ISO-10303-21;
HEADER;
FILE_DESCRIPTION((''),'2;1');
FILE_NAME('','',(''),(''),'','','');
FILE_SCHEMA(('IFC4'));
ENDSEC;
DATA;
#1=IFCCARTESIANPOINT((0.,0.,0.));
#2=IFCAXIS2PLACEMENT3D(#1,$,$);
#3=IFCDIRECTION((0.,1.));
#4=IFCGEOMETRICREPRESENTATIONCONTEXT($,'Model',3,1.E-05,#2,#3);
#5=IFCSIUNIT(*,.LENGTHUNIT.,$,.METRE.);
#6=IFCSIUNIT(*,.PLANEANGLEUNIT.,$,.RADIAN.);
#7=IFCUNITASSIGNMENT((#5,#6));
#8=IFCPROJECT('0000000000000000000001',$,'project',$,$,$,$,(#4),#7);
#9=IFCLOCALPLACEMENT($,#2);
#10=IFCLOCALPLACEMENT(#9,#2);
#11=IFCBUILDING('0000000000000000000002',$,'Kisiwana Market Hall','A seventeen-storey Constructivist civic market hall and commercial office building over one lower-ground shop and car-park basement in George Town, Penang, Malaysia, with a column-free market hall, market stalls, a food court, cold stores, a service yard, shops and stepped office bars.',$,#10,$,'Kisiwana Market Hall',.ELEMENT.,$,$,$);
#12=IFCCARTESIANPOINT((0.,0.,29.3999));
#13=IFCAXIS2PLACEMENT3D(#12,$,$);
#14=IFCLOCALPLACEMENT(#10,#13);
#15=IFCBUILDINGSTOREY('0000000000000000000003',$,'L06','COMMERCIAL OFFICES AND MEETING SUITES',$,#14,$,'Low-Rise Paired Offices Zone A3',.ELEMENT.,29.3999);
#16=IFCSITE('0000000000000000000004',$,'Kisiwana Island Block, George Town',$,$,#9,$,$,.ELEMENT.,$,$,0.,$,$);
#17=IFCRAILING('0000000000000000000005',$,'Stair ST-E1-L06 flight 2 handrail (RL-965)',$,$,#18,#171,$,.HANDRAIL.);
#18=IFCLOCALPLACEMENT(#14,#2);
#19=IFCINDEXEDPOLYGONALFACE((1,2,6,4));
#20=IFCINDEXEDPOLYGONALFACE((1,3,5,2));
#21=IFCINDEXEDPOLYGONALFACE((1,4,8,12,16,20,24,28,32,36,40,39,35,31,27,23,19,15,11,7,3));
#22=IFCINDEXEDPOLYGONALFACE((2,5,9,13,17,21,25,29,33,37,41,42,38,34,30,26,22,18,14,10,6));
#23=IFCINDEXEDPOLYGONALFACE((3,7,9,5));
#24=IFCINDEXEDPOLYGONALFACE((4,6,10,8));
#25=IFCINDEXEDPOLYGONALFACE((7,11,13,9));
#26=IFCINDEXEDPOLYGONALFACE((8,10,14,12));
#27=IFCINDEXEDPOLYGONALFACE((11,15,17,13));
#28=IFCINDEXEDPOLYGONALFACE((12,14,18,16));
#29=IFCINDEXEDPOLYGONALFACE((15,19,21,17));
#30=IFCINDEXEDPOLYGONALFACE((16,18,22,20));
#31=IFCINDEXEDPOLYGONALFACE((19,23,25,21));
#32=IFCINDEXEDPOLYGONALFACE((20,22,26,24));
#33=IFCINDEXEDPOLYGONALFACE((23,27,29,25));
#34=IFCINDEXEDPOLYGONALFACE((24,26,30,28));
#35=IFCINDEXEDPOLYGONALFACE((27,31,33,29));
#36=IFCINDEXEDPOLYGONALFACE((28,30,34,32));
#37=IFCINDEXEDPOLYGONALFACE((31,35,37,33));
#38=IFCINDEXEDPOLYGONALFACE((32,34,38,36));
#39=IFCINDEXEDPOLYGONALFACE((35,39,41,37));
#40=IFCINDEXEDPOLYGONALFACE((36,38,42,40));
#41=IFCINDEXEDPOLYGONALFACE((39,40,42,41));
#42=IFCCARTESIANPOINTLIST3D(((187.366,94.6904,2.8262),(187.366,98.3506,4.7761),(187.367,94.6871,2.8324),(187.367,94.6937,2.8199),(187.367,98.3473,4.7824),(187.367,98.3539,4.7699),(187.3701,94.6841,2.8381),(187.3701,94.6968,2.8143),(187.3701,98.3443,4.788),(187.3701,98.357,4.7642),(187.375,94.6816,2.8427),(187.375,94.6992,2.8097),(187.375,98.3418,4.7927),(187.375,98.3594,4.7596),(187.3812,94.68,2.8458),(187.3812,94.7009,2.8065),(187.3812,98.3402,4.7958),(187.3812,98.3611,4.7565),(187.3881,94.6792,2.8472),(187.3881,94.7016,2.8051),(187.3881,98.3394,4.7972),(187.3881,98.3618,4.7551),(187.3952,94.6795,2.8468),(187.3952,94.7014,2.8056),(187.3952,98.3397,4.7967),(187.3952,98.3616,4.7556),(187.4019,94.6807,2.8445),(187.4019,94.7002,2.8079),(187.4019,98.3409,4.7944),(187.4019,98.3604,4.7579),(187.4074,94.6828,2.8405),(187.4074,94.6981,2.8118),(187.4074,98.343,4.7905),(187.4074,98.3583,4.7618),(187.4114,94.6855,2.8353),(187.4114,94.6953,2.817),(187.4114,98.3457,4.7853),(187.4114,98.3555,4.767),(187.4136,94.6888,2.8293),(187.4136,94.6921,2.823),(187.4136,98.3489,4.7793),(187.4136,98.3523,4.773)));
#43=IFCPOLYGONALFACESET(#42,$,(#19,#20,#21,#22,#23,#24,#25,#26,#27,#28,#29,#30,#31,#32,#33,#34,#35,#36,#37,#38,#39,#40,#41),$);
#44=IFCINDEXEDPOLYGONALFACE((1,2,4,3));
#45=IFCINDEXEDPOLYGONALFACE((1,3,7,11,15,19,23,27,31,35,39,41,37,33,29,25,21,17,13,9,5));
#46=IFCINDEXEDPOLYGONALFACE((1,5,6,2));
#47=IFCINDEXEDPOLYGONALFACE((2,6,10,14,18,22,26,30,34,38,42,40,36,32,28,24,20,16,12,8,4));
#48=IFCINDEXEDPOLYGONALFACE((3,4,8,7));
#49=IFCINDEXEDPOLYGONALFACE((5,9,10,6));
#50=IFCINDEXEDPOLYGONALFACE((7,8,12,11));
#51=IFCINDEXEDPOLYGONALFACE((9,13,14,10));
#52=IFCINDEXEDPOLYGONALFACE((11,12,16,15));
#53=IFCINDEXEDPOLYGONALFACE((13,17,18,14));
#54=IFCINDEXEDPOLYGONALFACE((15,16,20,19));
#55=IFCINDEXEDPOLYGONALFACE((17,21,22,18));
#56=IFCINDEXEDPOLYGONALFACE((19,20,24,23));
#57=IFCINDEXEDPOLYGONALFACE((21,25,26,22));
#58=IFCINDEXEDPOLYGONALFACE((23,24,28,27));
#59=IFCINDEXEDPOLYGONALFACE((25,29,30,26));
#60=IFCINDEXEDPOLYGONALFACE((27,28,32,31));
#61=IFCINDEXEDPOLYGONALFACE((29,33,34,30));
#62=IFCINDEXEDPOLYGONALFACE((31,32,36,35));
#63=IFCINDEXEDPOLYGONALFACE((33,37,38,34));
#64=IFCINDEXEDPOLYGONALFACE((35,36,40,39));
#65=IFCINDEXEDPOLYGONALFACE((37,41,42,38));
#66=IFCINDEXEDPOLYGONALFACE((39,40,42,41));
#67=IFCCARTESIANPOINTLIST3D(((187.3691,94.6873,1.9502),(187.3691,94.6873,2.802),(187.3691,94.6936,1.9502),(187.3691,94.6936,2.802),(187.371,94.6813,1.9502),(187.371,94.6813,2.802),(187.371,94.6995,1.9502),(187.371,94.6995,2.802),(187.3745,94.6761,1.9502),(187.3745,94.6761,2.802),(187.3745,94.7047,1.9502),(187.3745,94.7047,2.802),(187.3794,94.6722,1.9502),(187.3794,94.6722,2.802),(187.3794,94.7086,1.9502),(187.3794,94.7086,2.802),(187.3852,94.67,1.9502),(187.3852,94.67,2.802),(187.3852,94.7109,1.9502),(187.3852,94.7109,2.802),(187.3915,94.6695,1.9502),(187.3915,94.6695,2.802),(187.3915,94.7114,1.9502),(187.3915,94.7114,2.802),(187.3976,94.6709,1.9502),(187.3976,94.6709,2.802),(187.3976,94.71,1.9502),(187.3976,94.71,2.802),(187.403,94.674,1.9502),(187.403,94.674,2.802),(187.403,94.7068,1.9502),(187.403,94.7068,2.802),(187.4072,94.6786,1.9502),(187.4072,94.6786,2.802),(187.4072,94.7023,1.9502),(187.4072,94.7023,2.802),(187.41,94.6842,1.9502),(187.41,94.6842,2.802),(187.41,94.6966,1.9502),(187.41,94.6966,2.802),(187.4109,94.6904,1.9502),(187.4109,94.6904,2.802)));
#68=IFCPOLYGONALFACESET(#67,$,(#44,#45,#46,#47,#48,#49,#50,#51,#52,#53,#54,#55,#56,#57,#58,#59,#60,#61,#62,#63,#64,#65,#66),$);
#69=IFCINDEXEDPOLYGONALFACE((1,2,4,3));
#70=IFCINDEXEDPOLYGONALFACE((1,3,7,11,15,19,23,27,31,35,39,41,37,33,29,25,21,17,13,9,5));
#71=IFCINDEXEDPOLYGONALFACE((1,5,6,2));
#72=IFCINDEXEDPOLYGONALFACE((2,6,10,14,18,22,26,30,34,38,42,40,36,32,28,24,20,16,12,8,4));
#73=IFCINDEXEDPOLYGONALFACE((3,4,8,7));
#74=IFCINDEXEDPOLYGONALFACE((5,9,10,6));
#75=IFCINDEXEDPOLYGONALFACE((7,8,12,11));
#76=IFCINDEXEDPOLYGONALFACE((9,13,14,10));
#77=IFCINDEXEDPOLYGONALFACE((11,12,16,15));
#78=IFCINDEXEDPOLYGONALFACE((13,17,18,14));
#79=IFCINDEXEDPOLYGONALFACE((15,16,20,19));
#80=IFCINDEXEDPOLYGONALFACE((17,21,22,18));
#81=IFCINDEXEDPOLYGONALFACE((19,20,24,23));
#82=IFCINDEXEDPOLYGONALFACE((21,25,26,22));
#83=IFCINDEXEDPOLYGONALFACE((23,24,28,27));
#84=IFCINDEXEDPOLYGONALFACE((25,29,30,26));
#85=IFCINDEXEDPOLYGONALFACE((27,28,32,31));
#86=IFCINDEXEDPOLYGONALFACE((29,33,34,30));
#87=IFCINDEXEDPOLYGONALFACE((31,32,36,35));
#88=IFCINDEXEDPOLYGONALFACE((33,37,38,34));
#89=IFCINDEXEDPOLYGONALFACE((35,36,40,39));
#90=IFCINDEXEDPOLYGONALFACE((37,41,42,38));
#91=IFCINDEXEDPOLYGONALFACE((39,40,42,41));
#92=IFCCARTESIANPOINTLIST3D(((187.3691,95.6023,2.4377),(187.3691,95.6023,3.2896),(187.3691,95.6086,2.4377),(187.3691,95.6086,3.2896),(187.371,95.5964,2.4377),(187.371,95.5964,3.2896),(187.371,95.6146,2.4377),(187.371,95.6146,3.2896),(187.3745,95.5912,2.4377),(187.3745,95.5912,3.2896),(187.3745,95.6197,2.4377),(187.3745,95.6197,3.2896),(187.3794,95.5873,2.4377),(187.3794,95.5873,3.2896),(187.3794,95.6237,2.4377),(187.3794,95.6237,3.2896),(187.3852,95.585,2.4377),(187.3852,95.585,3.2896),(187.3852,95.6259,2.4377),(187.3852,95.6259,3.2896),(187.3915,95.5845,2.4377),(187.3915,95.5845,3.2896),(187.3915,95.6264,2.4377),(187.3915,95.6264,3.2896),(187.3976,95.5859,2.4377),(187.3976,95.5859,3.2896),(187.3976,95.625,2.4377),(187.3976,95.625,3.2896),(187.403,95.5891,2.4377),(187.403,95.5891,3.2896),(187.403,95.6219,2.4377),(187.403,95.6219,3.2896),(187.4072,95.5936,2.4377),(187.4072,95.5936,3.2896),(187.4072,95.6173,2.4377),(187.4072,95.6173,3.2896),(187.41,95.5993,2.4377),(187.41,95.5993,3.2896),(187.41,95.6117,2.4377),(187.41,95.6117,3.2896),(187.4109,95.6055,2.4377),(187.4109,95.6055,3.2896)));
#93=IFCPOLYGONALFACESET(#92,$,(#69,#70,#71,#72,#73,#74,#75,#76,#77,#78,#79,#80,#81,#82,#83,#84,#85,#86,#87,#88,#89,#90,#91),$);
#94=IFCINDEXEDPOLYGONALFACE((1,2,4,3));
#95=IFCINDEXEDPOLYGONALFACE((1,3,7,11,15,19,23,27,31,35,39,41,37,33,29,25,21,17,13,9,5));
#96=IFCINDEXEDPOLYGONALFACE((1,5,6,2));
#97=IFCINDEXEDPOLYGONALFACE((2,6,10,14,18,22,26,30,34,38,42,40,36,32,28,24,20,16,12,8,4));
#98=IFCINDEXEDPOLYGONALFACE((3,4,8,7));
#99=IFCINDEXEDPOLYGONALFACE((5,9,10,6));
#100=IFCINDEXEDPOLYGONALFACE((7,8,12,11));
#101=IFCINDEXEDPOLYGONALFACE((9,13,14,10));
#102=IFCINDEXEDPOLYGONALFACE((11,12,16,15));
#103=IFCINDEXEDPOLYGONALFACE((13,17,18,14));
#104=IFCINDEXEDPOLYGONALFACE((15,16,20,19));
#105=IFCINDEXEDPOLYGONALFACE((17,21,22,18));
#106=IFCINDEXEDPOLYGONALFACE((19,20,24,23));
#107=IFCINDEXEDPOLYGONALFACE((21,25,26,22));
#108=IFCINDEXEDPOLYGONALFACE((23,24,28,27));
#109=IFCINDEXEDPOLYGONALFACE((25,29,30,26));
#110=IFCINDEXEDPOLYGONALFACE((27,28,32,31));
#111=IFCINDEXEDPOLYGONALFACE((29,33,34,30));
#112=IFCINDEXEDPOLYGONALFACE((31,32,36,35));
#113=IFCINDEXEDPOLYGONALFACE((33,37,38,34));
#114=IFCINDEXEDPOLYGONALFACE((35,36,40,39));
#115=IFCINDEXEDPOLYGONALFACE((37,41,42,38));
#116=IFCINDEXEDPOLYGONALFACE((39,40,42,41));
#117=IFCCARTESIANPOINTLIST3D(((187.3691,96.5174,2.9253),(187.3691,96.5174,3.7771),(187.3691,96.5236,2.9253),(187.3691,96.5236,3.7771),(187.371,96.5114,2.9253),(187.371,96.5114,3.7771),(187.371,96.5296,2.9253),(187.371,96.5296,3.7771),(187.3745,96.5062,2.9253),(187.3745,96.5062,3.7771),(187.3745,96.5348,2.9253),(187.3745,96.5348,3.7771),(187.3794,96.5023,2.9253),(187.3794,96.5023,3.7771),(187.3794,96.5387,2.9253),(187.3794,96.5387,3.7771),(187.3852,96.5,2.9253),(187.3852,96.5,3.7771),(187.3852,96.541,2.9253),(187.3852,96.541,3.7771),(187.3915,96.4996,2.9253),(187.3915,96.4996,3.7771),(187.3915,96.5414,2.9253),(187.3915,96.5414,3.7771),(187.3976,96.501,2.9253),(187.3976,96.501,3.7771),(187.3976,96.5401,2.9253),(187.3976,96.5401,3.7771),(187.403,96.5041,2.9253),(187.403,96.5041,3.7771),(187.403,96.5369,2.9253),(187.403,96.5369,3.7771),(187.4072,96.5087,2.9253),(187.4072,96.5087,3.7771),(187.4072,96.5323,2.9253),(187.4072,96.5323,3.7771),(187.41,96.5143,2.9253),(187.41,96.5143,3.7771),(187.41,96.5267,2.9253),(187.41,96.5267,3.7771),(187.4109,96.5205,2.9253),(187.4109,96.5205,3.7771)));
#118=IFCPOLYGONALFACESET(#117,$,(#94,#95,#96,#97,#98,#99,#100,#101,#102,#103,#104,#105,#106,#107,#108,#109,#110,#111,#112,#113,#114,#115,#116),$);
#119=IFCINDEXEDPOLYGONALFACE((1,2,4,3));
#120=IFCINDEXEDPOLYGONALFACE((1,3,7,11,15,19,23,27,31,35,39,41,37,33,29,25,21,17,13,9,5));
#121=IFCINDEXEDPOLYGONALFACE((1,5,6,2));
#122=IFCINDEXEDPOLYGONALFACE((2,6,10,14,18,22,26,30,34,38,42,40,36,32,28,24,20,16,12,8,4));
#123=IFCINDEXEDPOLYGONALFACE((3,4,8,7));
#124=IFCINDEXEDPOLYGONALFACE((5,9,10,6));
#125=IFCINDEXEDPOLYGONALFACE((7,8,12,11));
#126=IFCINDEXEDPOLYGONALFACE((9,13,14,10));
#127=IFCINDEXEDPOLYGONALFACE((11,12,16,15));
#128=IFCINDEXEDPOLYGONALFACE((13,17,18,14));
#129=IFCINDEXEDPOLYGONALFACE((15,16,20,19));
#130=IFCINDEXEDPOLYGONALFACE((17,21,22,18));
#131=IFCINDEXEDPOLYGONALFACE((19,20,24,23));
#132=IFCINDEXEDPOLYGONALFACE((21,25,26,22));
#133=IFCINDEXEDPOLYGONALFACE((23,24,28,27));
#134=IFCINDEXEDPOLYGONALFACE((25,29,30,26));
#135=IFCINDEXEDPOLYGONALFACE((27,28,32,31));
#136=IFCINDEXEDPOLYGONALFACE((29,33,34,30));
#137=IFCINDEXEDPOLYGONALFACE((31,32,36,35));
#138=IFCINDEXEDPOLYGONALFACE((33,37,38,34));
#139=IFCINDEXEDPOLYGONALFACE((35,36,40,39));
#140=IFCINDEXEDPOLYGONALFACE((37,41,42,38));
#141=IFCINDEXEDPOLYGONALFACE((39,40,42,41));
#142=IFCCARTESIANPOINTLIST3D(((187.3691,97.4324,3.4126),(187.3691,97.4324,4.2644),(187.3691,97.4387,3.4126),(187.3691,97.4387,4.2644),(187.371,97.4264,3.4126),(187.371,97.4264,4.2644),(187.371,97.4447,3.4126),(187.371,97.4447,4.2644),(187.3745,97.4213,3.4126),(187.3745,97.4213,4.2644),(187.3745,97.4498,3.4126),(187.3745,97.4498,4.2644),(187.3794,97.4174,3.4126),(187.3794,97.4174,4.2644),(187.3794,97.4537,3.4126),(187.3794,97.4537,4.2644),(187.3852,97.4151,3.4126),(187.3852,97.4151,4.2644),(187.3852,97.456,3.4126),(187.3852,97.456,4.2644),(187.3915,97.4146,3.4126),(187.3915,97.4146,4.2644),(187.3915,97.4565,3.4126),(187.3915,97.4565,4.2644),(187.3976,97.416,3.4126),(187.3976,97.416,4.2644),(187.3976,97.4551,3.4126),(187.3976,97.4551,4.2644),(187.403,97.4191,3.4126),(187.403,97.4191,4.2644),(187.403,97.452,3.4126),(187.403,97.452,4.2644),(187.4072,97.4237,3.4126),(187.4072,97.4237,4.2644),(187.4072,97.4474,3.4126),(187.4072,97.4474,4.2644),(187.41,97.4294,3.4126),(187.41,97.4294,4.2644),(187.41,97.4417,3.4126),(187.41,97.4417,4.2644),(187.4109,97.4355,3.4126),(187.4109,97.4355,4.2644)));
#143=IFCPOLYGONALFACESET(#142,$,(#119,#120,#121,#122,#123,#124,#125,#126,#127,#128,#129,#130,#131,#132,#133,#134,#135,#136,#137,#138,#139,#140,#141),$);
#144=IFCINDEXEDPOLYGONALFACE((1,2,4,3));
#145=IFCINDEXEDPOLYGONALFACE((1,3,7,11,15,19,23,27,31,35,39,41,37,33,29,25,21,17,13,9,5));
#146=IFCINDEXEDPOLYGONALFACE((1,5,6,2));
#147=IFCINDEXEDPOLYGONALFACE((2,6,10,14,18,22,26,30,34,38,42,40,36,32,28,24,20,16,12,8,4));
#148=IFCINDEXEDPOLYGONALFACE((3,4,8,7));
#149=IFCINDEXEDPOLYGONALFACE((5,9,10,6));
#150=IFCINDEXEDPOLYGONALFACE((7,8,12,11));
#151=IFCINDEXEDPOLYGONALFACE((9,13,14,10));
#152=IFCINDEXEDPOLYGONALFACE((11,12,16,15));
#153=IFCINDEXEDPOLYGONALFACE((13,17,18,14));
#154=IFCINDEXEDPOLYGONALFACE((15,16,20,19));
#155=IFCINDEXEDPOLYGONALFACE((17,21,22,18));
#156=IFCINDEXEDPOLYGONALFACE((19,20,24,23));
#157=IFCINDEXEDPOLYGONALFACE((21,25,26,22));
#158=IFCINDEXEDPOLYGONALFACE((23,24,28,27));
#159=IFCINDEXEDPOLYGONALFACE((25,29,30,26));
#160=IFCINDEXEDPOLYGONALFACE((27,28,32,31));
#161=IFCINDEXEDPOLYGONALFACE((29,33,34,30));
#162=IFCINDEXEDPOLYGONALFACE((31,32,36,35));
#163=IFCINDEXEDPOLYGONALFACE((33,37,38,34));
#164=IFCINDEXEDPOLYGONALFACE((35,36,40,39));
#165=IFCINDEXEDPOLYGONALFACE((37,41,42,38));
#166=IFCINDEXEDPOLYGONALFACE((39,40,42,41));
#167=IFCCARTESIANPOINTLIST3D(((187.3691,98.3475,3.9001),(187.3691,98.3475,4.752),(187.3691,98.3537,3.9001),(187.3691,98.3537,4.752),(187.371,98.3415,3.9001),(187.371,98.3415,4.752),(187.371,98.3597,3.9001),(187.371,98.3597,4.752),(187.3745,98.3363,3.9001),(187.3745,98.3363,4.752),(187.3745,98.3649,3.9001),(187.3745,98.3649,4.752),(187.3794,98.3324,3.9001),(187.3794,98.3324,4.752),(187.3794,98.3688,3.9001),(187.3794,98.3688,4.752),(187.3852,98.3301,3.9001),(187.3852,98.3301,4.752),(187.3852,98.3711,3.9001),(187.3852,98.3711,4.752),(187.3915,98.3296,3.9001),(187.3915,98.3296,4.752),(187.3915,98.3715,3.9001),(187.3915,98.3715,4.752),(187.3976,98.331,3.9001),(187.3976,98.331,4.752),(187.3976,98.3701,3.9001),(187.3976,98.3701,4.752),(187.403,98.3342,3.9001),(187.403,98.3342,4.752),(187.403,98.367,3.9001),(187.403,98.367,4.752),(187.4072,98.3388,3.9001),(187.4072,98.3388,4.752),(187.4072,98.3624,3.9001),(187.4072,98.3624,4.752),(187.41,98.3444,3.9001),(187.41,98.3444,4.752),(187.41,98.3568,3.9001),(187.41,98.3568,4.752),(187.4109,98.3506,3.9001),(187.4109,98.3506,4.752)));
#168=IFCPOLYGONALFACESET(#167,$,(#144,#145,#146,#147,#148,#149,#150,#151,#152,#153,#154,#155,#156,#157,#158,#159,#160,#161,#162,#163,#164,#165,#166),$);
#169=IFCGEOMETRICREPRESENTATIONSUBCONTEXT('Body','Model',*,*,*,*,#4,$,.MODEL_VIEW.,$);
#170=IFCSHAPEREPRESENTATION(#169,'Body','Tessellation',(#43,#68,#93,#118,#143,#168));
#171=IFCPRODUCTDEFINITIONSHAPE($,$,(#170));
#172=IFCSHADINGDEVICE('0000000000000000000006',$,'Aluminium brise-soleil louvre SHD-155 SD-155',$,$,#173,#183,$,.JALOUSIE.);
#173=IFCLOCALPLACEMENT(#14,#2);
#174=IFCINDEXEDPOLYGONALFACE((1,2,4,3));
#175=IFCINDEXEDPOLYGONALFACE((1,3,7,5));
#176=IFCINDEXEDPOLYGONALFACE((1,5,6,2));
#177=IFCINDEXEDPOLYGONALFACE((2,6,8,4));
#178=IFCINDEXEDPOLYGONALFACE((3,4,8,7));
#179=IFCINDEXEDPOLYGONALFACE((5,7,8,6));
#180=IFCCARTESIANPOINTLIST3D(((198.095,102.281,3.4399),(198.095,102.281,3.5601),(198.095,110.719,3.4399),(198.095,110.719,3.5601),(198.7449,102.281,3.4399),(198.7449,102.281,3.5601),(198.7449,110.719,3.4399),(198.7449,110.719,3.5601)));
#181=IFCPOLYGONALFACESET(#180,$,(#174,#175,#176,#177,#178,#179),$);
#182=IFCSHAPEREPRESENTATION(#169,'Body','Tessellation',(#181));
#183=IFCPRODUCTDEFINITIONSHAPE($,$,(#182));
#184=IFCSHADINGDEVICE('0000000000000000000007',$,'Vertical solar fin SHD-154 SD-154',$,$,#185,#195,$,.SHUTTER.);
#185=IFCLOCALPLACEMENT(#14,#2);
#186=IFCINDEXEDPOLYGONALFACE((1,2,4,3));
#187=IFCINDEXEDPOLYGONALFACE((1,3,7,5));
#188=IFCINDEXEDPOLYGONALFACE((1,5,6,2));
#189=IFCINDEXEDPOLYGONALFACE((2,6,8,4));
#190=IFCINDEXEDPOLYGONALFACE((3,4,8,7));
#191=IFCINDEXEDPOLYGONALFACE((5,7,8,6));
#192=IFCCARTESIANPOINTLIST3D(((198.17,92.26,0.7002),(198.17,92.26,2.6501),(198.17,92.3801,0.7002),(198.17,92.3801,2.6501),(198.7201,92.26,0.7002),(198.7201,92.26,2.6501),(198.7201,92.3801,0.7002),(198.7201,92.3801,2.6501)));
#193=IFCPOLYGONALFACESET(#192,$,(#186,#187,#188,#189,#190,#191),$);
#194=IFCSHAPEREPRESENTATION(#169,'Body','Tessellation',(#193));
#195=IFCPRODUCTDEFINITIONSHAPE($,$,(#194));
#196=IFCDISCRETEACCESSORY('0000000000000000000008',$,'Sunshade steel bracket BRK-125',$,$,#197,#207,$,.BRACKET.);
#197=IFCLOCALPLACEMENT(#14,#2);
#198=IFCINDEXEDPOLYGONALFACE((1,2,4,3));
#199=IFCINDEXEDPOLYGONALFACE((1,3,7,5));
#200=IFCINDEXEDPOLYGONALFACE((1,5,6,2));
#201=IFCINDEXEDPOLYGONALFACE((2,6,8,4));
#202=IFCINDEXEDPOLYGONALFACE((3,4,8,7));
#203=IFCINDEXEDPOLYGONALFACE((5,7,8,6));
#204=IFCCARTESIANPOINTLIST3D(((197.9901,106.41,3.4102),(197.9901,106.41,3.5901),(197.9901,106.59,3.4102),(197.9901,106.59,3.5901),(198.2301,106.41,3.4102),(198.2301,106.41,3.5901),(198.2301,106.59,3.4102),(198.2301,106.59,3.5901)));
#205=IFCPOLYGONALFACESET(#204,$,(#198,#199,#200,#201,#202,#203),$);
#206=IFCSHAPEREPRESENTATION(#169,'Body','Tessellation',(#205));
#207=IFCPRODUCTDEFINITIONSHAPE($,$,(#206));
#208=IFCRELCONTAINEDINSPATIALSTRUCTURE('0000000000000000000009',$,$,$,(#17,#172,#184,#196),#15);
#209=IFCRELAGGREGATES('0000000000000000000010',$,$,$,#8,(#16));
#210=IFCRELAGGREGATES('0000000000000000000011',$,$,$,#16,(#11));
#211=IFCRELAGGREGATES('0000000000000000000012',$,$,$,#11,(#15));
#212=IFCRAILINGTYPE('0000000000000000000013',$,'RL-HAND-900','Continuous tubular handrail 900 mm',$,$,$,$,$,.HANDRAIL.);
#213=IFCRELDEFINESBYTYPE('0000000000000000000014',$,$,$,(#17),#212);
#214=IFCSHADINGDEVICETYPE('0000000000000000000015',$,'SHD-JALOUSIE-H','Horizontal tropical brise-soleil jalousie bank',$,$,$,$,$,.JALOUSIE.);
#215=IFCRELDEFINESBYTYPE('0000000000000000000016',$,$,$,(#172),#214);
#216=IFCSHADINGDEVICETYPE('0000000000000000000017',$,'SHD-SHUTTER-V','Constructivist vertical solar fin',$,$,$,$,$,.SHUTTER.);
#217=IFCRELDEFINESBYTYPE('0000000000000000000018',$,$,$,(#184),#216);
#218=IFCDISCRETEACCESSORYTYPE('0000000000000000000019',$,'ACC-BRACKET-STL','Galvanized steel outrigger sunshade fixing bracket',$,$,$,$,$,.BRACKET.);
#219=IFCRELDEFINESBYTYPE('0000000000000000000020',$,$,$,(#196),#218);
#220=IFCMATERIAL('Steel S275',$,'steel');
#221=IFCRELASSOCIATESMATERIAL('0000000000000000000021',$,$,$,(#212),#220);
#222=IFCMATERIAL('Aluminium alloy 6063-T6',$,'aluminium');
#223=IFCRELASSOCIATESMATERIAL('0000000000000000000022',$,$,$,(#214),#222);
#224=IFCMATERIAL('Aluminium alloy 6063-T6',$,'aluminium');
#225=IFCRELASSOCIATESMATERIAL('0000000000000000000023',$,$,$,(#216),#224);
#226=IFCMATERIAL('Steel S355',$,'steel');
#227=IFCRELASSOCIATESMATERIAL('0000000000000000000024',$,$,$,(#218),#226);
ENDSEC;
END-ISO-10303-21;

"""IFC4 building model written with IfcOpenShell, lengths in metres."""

from ifc_helpers import new_model, si_unit, direction, frame, origin, origin_2d, place, context, subcontext, project, spatial, rectangle, circle, extrude, material, type_object, element, save


model = new_model("IFC4")

# Units and contexts
model_context = context("Model", 3, precision=1e-05, world=origin(), true_north=direction((0.0, 1.0)))
body_context = subcontext(model_context, "Body", "Model", "MODEL_VIEW")
ifc_project = project(units=[si_unit("LENGTHUNIT", "METRE"), si_unit("PLANEANGLEUNIT", "RADIAN")], contexts=[model_context])

# Site, building, storey
site_placement = place(None, origin())
site = spatial("IfcSite", under=ifc_project, at=site_placement, Name="Kisiwana Island Block, George Town", CompositionType="ELEMENT", RefElevation=0.0)
building_placement = place(site_placement, origin())
building = spatial("IfcBuilding", under=site, at=building_placement, Name="Kisiwana Market Hall", Description="A seventeen-storey Constructivist civic market hall and commercial office building over one lower-ground shop and car-park basement in George Town, Penang, Malaysia, with a column-free market hall, market stalls, a food court, cold stores, a service yard, shops and stepped office bars.", LongName="Kisiwana Market Hall", CompositionType="ELEMENT")
storey_placement = place(building_placement, frame((0.0, 0.0, 29.3999)))
storey = spatial("IfcBuildingStorey", under=building, at=storey_placement, Name="L06", Description="COMMERCIAL OFFICES AND MEETING SUITES", LongName="Low-Rise Paired Offices Zone A3", CompositionType="ELEMENT", Elevation=29.3999)

# Railing
ifc_material_1 = material(Name="Steel S275", Category="steel")
railing_type = type_object("IfcRailingType", Name="RL-HAND-900", Description="Continuous tubular handrail 900 mm", PredefinedType="HANDRAIL", material=ifc_material_1)
railing_placement = place(storey_placement, frame((187.3899, 94.6904, 1.9502)))
element("IfcRailing", 1, at=railing_placement, inside=storey, type_object=railing_type, Name="Stair ST-E1-L06 flight 2 handrail (RL-965)", PredefinedType="HANDRAIL", context=body_context, shape_type="SweptSolid", body=[
    extrude(circle(Radius=0.0239, at=origin_2d()), frame((0.0, 0.0, 0.876), z_axis=(0.0, 0.882566, 0.470188), x_axis=(-1.0, 0.0, 0.0)), (0.0, 0.0, 1.0), 4.1472),
    extrude(circle(Radius=0.021, at=origin_2d()), origin(), (0.0, 0.0, 1.0), 0.8518),
    extrude(circle(Radius=0.021, at=origin_2d()), frame((0.0, 0.915, 0.4875)), (0.0, 0.0, 1.0), 0.8518),
    extrude(circle(Radius=0.021, at=origin_2d()), frame((0.0, 1.8301, 0.9751)), (0.0, 0.0, 1.0), 0.8518),
    extrude(circle(Radius=0.021, at=origin_2d()), frame((0.0, 2.7451, 1.4624)), (0.0, 0.0, 1.0), 0.8518),
    extrude(circle(Radius=0.021, at=origin_2d()), frame((0.0, 3.6602, 1.95)), (0.0, 0.0, 1.0), 0.8518),
])

# Shading devices
ifc_material_2 = material(Name="Aluminium alloy 6063-T6", Category="aluminium")
shading_device_type_1 = type_object("IfcShadingDeviceType", Name="SHD-JALOUSIE-H", Description="Horizontal tropical brise-soleil jalousie bank", PredefinedType="JALOUSIE", material=ifc_material_2)
shading_device_1_placement = place(storey_placement, frame((198.4199, 106.5, 3.4399), z_axis=(0.0, 0.0, 1.0), x_axis=(0.0, 1.0, 0.0)))
element("IfcShadingDevice", 2, at=shading_device_1_placement, inside=storey, type_object=shading_device_type_1, Name="Aluminium brise-soleil louvre SHD-155 SD-155", PredefinedType="JALOUSIE", context=body_context, shape_type="SweptSolid", body=[
    extrude(rectangle(XDim=8.438, YDim=0.6499, at=origin_2d()), origin(), (0.0, 0.0, 1.0), 0.1201),
])
ifc_material_3 = material(Name="Aluminium alloy 6063-T6", Category="aluminium")
shading_device_type_2 = type_object("IfcShadingDeviceType", Name="SHD-SHUTTER-V", Description="Constructivist vertical solar fin", PredefinedType="SHUTTER", material=ifc_material_3)
shading_device_2_placement = place(storey_placement, frame((198.4451, 92.3201, 0.7002), z_axis=(0.0, 0.0, 1.0), x_axis=(0.0, 1.0, 0.0)))
element("IfcShadingDevice", 3, at=shading_device_2_placement, inside=storey, type_object=shading_device_type_2, Name="Vertical solar fin SHD-154 SD-154", PredefinedType="SHUTTER", context=body_context, shape_type="SweptSolid", body=[
    extrude(rectangle(XDim=0.1201, YDim=0.55, at=origin_2d()), origin(), (0.0, 0.0, 1.0), 1.95),
])

# Discrete accessory
ifc_material_4 = material(Name="Steel S355", Category="steel")
discrete_accessory_type = type_object("IfcDiscreteAccessoryType", Name="ACC-BRACKET-STL", Description="Galvanized steel outrigger sunshade fixing bracket", PredefinedType="BRACKET", material=ifc_material_4)
discrete_accessory_placement = place(storey_placement, frame((198.1101, 106.5, 3.4102), z_axis=(0.0, 0.0, 1.0), x_axis=(0.0, 1.0, 0.0)))
element("IfcDiscreteAccessory", 4, at=discrete_accessory_placement, inside=storey, type_object=discrete_accessory_type, Name="Sunshade steel bracket BRK-125", PredefinedType="BRACKET", context=body_context, shape_type="SweptSolid", body=[
    extrude(rectangle(XDim=0.1799, YDim=0.24, at=origin_2d()), origin(), (0.0, 0.0, 1.0), 0.1799),
])

save(model, "model.ifc")
